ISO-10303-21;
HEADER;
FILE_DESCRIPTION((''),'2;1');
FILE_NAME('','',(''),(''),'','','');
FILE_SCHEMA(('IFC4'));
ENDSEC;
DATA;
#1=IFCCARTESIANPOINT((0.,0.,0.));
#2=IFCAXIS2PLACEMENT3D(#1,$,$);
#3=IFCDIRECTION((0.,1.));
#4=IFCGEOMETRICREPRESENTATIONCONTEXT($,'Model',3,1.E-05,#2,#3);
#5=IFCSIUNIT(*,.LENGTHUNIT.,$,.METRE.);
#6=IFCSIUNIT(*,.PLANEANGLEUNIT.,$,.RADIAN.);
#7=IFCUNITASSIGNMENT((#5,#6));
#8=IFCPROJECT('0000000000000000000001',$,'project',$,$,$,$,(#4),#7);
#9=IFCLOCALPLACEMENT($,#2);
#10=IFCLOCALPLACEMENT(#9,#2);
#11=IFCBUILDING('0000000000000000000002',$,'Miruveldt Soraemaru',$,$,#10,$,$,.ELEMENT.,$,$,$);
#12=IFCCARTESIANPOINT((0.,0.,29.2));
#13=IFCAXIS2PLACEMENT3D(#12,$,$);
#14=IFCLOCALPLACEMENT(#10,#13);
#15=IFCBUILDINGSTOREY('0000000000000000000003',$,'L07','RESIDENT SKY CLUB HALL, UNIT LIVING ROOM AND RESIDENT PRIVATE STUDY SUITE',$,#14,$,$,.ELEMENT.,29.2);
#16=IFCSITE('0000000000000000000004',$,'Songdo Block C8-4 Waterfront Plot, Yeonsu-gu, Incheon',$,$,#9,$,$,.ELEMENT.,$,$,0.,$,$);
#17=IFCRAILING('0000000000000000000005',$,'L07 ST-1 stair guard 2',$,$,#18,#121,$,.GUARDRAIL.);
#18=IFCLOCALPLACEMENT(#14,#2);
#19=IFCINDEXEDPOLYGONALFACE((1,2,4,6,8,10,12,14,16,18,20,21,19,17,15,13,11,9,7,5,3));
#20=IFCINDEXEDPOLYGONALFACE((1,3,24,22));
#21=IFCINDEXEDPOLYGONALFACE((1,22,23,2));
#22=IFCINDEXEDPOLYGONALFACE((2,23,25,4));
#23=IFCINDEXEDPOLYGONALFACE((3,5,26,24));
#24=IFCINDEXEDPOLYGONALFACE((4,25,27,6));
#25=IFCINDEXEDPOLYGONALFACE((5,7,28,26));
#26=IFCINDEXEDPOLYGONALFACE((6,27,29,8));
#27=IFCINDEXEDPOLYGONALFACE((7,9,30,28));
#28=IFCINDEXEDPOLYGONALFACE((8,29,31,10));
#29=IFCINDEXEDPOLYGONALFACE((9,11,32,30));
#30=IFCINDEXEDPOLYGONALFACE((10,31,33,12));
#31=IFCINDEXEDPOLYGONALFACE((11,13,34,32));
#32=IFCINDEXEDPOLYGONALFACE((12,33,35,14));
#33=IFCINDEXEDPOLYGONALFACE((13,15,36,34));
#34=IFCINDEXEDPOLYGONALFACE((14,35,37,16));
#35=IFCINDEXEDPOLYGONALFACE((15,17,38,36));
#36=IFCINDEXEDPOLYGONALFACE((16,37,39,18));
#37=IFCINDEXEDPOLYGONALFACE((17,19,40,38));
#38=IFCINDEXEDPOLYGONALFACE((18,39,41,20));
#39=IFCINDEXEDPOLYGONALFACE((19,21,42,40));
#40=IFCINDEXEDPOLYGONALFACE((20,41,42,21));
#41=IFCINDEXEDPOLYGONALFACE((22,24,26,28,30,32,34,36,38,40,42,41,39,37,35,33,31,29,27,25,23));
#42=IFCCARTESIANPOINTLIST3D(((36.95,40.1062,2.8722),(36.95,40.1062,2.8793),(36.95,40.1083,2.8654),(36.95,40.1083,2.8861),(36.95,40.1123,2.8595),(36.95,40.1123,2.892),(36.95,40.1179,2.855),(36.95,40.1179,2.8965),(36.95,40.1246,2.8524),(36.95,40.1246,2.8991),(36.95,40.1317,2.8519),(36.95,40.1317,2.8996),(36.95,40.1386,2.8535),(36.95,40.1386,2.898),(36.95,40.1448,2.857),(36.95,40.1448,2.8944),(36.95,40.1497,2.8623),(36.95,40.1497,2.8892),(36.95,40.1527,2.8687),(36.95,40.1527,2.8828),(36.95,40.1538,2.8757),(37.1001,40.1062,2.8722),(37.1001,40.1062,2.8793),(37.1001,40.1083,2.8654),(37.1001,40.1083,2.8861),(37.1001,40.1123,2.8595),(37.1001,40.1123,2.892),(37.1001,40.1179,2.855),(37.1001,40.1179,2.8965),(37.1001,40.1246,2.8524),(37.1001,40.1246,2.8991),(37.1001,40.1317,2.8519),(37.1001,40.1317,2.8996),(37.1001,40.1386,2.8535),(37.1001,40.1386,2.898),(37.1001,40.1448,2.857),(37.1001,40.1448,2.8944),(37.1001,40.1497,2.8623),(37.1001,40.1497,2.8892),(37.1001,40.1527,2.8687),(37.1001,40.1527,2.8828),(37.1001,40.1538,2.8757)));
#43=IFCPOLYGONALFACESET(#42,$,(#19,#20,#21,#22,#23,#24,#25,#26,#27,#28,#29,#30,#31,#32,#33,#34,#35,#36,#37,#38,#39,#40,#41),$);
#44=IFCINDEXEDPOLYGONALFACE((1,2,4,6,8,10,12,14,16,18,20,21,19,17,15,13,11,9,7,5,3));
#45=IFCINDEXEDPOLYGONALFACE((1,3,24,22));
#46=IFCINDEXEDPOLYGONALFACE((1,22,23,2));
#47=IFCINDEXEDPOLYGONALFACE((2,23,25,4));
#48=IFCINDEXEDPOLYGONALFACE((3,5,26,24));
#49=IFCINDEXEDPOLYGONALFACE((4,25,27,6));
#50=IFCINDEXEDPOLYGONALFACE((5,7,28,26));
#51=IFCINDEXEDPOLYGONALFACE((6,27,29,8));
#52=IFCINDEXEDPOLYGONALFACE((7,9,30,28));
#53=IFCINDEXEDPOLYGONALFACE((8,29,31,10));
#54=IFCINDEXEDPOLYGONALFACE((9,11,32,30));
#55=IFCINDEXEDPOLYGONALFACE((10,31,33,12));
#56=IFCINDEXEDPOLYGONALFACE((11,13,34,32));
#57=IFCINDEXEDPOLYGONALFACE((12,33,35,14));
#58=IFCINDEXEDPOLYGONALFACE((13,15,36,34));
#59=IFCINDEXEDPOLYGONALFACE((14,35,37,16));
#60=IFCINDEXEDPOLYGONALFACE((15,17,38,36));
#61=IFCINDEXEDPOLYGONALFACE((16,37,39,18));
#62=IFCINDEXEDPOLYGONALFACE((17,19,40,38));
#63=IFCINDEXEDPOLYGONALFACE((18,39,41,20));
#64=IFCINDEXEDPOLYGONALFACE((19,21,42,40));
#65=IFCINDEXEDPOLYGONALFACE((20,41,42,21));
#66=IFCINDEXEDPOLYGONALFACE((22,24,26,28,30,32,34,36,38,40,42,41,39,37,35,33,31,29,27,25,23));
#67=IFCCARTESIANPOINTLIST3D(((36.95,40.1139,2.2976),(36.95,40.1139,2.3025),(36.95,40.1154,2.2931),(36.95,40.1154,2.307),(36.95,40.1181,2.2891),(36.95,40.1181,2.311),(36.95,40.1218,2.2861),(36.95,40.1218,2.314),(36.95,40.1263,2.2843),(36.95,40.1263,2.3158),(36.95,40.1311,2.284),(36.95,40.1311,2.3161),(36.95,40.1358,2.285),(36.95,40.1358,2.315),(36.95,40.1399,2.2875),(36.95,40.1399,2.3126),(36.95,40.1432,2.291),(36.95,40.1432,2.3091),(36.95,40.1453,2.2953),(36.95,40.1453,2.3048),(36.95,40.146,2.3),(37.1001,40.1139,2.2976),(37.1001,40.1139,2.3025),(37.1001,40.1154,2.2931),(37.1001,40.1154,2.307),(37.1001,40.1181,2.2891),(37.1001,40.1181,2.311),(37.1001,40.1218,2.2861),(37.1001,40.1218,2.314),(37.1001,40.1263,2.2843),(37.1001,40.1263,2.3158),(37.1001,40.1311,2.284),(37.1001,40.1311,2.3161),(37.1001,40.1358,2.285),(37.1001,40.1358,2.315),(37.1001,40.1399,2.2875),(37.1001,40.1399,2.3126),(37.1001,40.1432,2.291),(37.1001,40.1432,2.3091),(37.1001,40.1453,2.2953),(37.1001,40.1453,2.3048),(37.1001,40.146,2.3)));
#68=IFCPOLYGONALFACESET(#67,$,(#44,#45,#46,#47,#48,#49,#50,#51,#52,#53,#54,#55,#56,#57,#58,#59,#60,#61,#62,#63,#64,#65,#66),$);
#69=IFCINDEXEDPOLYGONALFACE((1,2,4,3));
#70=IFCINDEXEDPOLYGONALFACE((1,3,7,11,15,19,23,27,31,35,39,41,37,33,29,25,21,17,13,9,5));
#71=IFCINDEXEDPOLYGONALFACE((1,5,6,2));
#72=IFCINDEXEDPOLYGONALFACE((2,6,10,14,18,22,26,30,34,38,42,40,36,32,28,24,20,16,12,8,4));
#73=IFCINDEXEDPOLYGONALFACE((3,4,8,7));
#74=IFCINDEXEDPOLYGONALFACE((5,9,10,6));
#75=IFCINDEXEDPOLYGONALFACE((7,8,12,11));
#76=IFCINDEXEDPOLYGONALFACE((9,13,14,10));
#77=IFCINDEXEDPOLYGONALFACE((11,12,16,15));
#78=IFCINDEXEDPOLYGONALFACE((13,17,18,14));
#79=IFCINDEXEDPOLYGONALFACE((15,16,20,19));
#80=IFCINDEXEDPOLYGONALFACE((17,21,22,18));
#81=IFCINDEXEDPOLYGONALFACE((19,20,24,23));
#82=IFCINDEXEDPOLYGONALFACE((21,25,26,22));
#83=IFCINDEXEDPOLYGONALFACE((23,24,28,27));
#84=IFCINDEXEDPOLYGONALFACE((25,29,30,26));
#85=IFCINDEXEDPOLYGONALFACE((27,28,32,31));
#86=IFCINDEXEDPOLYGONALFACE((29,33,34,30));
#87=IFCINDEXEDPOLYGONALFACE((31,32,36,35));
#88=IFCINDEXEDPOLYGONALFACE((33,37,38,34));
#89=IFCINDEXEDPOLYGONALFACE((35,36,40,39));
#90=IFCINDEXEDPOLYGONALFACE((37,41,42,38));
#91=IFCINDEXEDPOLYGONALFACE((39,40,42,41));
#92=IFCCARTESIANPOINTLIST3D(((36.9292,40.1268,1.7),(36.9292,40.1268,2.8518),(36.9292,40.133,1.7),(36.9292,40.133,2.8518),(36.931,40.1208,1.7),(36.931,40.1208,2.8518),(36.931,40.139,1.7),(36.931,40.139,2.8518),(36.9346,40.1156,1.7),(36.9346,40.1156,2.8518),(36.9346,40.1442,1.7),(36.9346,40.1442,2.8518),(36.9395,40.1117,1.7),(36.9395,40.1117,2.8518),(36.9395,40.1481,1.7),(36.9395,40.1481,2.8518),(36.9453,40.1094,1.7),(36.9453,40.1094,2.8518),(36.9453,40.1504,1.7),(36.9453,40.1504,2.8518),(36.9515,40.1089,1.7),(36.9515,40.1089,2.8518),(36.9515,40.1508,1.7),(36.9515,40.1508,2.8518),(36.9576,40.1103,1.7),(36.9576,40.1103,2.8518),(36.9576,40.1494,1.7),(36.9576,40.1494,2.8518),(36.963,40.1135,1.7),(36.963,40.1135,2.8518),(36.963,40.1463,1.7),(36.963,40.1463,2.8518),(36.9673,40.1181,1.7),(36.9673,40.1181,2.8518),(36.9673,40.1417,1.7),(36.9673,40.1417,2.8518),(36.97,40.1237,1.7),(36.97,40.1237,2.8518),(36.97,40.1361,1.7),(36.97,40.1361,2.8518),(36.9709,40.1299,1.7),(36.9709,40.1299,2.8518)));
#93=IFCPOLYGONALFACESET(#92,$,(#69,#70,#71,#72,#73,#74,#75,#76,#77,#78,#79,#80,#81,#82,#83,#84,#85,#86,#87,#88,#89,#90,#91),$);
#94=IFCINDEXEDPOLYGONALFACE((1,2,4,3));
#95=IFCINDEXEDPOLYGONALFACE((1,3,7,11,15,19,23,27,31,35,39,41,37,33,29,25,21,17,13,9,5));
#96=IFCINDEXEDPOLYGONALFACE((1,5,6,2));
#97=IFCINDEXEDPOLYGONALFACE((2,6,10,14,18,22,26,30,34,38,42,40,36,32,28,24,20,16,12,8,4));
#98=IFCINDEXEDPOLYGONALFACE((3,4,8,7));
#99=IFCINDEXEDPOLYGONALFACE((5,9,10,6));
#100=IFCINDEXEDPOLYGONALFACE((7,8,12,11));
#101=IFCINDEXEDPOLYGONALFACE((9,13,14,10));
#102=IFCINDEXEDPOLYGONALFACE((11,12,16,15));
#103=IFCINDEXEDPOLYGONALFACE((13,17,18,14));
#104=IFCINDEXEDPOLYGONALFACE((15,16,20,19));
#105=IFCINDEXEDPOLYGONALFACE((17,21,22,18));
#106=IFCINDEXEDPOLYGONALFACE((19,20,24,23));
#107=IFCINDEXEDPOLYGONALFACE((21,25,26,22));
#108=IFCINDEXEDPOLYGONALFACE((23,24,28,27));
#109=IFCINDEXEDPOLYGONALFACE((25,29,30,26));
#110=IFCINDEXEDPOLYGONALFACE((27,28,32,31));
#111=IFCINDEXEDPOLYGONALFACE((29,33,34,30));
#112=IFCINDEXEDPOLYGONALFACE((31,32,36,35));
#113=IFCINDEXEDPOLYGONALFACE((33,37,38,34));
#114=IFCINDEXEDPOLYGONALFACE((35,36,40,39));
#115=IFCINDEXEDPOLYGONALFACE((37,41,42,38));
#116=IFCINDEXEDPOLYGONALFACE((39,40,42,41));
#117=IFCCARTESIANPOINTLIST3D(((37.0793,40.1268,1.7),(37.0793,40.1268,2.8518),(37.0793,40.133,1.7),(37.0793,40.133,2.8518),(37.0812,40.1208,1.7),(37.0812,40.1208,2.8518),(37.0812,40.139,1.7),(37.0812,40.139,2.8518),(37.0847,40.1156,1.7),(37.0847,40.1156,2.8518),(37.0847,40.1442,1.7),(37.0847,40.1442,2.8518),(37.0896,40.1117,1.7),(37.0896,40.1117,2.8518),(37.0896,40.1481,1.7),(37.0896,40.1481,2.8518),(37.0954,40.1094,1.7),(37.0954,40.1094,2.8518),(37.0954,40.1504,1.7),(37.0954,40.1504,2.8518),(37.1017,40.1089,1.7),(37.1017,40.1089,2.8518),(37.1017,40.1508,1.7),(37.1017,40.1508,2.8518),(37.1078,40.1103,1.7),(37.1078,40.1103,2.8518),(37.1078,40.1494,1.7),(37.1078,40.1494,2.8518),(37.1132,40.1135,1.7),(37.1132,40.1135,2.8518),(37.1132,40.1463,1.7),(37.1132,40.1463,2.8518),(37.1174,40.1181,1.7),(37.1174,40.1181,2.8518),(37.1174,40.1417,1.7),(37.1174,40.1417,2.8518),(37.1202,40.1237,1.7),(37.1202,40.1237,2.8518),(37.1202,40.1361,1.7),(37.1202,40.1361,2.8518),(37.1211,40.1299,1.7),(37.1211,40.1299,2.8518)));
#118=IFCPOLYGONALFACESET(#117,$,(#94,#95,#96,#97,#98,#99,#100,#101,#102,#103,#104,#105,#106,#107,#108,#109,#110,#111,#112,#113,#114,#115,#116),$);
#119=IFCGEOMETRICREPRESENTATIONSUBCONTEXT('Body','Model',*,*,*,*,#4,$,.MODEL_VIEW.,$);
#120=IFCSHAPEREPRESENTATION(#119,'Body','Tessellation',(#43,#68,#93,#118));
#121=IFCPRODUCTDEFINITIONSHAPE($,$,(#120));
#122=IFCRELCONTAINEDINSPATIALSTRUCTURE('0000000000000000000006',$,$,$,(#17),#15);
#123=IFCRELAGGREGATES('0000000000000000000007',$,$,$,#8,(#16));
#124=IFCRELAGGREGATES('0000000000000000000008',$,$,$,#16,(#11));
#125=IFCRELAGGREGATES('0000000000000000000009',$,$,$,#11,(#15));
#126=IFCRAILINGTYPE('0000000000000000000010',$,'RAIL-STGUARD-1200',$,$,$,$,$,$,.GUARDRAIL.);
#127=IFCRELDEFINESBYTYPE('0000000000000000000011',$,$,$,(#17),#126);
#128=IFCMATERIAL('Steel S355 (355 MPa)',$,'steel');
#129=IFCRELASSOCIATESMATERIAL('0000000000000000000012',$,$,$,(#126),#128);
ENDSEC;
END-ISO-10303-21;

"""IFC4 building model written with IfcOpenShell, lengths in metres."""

from ifc_helpers import new_model, si_unit, direction, frame, origin, origin_2d, place, context, subcontext, project, spatial, circle, extrude, material, type_object, element, save


model = new_model("IFC4")

# Units and contexts
model_context = context("Model", 3, precision=1e-05, world=origin(), true_north=direction((0.0, 1.0)))
body_context = subcontext(model_context, "Body", "Model", "MODEL_VIEW")
ifc_project = project(units=[si_unit("LENGTHUNIT", "METRE"), si_unit("PLANEANGLEUNIT", "RADIAN")], contexts=[model_context])

# Site, building, storey
site_placement = place(None, origin())
site = spatial("IfcSite", under=ifc_project, at=site_placement, Name="Songdo Block C8-4 Waterfront Plot, Yeonsu-gu, Incheon", CompositionType="ELEMENT", RefElevation=0.0)
building_placement = place(site_placement, origin())
building = spatial("IfcBuilding", under=site, at=building_placement, Name="Miruveldt Soraemaru", CompositionType="ELEMENT")
storey_placement = place(building_placement, frame((0.0, 0.0, 29.2)))
storey = spatial("IfcBuildingStorey", under=building, at=storey_placement, Name="L07", Description="RESIDENT SKY CLUB HALL, UNIT LIVING ROOM AND RESIDENT PRIVATE STUDY SUITE", CompositionType="ELEMENT", Elevation=29.2)

# Railing
ifc_material_1 = material(Name="Steel S355 (355 MPa)", Category="steel")
railing_type_1 = type_object("IfcRailingType", Name="RAIL-STGUARD-1200", PredefinedType="GUARDRAIL", material=ifc_material_1)
railing_1_placement = place(storey_placement, frame((36.95, 40.1299, 1.7)))
element("IfcRailing", 1, at=railing_1_placement, inside=storey, type_object=railing_type_1, Name="L07 ST-1 stair guard 2", PredefinedType="GUARDRAIL", context=body_context, shape_type="SweptSolid", body=[
    extrude(circle(Radius=0.0239, at=origin_2d()), frame((0.0, 0.0, 1.1758), z_axis=(1.0, 0.0, 0.0), x_axis=(0.0, 1.0, 0.0)), (0.0, 0.0, 1.0), 0.1501),
    extrude(circle(Radius=0.0161, at=origin_2d()), frame((0.0, 0.0, 0.6001), z_axis=(1.0, 0.0, 0.0), x_axis=(0.0, 1.0, 0.0)), (0.0, 0.0, 1.0), 0.1501),
    extrude(circle(Radius=0.021, at=origin_2d()), origin(), (0.0, 0.0, 1.0), 1.1519),
    extrude(circle(Radius=0.021, at=origin_2d()), frame((0.1501, 0.0, 0.0)), (0.0, 0.0, 1.0), 1.1519),
])

save(model, "model.ifc")
